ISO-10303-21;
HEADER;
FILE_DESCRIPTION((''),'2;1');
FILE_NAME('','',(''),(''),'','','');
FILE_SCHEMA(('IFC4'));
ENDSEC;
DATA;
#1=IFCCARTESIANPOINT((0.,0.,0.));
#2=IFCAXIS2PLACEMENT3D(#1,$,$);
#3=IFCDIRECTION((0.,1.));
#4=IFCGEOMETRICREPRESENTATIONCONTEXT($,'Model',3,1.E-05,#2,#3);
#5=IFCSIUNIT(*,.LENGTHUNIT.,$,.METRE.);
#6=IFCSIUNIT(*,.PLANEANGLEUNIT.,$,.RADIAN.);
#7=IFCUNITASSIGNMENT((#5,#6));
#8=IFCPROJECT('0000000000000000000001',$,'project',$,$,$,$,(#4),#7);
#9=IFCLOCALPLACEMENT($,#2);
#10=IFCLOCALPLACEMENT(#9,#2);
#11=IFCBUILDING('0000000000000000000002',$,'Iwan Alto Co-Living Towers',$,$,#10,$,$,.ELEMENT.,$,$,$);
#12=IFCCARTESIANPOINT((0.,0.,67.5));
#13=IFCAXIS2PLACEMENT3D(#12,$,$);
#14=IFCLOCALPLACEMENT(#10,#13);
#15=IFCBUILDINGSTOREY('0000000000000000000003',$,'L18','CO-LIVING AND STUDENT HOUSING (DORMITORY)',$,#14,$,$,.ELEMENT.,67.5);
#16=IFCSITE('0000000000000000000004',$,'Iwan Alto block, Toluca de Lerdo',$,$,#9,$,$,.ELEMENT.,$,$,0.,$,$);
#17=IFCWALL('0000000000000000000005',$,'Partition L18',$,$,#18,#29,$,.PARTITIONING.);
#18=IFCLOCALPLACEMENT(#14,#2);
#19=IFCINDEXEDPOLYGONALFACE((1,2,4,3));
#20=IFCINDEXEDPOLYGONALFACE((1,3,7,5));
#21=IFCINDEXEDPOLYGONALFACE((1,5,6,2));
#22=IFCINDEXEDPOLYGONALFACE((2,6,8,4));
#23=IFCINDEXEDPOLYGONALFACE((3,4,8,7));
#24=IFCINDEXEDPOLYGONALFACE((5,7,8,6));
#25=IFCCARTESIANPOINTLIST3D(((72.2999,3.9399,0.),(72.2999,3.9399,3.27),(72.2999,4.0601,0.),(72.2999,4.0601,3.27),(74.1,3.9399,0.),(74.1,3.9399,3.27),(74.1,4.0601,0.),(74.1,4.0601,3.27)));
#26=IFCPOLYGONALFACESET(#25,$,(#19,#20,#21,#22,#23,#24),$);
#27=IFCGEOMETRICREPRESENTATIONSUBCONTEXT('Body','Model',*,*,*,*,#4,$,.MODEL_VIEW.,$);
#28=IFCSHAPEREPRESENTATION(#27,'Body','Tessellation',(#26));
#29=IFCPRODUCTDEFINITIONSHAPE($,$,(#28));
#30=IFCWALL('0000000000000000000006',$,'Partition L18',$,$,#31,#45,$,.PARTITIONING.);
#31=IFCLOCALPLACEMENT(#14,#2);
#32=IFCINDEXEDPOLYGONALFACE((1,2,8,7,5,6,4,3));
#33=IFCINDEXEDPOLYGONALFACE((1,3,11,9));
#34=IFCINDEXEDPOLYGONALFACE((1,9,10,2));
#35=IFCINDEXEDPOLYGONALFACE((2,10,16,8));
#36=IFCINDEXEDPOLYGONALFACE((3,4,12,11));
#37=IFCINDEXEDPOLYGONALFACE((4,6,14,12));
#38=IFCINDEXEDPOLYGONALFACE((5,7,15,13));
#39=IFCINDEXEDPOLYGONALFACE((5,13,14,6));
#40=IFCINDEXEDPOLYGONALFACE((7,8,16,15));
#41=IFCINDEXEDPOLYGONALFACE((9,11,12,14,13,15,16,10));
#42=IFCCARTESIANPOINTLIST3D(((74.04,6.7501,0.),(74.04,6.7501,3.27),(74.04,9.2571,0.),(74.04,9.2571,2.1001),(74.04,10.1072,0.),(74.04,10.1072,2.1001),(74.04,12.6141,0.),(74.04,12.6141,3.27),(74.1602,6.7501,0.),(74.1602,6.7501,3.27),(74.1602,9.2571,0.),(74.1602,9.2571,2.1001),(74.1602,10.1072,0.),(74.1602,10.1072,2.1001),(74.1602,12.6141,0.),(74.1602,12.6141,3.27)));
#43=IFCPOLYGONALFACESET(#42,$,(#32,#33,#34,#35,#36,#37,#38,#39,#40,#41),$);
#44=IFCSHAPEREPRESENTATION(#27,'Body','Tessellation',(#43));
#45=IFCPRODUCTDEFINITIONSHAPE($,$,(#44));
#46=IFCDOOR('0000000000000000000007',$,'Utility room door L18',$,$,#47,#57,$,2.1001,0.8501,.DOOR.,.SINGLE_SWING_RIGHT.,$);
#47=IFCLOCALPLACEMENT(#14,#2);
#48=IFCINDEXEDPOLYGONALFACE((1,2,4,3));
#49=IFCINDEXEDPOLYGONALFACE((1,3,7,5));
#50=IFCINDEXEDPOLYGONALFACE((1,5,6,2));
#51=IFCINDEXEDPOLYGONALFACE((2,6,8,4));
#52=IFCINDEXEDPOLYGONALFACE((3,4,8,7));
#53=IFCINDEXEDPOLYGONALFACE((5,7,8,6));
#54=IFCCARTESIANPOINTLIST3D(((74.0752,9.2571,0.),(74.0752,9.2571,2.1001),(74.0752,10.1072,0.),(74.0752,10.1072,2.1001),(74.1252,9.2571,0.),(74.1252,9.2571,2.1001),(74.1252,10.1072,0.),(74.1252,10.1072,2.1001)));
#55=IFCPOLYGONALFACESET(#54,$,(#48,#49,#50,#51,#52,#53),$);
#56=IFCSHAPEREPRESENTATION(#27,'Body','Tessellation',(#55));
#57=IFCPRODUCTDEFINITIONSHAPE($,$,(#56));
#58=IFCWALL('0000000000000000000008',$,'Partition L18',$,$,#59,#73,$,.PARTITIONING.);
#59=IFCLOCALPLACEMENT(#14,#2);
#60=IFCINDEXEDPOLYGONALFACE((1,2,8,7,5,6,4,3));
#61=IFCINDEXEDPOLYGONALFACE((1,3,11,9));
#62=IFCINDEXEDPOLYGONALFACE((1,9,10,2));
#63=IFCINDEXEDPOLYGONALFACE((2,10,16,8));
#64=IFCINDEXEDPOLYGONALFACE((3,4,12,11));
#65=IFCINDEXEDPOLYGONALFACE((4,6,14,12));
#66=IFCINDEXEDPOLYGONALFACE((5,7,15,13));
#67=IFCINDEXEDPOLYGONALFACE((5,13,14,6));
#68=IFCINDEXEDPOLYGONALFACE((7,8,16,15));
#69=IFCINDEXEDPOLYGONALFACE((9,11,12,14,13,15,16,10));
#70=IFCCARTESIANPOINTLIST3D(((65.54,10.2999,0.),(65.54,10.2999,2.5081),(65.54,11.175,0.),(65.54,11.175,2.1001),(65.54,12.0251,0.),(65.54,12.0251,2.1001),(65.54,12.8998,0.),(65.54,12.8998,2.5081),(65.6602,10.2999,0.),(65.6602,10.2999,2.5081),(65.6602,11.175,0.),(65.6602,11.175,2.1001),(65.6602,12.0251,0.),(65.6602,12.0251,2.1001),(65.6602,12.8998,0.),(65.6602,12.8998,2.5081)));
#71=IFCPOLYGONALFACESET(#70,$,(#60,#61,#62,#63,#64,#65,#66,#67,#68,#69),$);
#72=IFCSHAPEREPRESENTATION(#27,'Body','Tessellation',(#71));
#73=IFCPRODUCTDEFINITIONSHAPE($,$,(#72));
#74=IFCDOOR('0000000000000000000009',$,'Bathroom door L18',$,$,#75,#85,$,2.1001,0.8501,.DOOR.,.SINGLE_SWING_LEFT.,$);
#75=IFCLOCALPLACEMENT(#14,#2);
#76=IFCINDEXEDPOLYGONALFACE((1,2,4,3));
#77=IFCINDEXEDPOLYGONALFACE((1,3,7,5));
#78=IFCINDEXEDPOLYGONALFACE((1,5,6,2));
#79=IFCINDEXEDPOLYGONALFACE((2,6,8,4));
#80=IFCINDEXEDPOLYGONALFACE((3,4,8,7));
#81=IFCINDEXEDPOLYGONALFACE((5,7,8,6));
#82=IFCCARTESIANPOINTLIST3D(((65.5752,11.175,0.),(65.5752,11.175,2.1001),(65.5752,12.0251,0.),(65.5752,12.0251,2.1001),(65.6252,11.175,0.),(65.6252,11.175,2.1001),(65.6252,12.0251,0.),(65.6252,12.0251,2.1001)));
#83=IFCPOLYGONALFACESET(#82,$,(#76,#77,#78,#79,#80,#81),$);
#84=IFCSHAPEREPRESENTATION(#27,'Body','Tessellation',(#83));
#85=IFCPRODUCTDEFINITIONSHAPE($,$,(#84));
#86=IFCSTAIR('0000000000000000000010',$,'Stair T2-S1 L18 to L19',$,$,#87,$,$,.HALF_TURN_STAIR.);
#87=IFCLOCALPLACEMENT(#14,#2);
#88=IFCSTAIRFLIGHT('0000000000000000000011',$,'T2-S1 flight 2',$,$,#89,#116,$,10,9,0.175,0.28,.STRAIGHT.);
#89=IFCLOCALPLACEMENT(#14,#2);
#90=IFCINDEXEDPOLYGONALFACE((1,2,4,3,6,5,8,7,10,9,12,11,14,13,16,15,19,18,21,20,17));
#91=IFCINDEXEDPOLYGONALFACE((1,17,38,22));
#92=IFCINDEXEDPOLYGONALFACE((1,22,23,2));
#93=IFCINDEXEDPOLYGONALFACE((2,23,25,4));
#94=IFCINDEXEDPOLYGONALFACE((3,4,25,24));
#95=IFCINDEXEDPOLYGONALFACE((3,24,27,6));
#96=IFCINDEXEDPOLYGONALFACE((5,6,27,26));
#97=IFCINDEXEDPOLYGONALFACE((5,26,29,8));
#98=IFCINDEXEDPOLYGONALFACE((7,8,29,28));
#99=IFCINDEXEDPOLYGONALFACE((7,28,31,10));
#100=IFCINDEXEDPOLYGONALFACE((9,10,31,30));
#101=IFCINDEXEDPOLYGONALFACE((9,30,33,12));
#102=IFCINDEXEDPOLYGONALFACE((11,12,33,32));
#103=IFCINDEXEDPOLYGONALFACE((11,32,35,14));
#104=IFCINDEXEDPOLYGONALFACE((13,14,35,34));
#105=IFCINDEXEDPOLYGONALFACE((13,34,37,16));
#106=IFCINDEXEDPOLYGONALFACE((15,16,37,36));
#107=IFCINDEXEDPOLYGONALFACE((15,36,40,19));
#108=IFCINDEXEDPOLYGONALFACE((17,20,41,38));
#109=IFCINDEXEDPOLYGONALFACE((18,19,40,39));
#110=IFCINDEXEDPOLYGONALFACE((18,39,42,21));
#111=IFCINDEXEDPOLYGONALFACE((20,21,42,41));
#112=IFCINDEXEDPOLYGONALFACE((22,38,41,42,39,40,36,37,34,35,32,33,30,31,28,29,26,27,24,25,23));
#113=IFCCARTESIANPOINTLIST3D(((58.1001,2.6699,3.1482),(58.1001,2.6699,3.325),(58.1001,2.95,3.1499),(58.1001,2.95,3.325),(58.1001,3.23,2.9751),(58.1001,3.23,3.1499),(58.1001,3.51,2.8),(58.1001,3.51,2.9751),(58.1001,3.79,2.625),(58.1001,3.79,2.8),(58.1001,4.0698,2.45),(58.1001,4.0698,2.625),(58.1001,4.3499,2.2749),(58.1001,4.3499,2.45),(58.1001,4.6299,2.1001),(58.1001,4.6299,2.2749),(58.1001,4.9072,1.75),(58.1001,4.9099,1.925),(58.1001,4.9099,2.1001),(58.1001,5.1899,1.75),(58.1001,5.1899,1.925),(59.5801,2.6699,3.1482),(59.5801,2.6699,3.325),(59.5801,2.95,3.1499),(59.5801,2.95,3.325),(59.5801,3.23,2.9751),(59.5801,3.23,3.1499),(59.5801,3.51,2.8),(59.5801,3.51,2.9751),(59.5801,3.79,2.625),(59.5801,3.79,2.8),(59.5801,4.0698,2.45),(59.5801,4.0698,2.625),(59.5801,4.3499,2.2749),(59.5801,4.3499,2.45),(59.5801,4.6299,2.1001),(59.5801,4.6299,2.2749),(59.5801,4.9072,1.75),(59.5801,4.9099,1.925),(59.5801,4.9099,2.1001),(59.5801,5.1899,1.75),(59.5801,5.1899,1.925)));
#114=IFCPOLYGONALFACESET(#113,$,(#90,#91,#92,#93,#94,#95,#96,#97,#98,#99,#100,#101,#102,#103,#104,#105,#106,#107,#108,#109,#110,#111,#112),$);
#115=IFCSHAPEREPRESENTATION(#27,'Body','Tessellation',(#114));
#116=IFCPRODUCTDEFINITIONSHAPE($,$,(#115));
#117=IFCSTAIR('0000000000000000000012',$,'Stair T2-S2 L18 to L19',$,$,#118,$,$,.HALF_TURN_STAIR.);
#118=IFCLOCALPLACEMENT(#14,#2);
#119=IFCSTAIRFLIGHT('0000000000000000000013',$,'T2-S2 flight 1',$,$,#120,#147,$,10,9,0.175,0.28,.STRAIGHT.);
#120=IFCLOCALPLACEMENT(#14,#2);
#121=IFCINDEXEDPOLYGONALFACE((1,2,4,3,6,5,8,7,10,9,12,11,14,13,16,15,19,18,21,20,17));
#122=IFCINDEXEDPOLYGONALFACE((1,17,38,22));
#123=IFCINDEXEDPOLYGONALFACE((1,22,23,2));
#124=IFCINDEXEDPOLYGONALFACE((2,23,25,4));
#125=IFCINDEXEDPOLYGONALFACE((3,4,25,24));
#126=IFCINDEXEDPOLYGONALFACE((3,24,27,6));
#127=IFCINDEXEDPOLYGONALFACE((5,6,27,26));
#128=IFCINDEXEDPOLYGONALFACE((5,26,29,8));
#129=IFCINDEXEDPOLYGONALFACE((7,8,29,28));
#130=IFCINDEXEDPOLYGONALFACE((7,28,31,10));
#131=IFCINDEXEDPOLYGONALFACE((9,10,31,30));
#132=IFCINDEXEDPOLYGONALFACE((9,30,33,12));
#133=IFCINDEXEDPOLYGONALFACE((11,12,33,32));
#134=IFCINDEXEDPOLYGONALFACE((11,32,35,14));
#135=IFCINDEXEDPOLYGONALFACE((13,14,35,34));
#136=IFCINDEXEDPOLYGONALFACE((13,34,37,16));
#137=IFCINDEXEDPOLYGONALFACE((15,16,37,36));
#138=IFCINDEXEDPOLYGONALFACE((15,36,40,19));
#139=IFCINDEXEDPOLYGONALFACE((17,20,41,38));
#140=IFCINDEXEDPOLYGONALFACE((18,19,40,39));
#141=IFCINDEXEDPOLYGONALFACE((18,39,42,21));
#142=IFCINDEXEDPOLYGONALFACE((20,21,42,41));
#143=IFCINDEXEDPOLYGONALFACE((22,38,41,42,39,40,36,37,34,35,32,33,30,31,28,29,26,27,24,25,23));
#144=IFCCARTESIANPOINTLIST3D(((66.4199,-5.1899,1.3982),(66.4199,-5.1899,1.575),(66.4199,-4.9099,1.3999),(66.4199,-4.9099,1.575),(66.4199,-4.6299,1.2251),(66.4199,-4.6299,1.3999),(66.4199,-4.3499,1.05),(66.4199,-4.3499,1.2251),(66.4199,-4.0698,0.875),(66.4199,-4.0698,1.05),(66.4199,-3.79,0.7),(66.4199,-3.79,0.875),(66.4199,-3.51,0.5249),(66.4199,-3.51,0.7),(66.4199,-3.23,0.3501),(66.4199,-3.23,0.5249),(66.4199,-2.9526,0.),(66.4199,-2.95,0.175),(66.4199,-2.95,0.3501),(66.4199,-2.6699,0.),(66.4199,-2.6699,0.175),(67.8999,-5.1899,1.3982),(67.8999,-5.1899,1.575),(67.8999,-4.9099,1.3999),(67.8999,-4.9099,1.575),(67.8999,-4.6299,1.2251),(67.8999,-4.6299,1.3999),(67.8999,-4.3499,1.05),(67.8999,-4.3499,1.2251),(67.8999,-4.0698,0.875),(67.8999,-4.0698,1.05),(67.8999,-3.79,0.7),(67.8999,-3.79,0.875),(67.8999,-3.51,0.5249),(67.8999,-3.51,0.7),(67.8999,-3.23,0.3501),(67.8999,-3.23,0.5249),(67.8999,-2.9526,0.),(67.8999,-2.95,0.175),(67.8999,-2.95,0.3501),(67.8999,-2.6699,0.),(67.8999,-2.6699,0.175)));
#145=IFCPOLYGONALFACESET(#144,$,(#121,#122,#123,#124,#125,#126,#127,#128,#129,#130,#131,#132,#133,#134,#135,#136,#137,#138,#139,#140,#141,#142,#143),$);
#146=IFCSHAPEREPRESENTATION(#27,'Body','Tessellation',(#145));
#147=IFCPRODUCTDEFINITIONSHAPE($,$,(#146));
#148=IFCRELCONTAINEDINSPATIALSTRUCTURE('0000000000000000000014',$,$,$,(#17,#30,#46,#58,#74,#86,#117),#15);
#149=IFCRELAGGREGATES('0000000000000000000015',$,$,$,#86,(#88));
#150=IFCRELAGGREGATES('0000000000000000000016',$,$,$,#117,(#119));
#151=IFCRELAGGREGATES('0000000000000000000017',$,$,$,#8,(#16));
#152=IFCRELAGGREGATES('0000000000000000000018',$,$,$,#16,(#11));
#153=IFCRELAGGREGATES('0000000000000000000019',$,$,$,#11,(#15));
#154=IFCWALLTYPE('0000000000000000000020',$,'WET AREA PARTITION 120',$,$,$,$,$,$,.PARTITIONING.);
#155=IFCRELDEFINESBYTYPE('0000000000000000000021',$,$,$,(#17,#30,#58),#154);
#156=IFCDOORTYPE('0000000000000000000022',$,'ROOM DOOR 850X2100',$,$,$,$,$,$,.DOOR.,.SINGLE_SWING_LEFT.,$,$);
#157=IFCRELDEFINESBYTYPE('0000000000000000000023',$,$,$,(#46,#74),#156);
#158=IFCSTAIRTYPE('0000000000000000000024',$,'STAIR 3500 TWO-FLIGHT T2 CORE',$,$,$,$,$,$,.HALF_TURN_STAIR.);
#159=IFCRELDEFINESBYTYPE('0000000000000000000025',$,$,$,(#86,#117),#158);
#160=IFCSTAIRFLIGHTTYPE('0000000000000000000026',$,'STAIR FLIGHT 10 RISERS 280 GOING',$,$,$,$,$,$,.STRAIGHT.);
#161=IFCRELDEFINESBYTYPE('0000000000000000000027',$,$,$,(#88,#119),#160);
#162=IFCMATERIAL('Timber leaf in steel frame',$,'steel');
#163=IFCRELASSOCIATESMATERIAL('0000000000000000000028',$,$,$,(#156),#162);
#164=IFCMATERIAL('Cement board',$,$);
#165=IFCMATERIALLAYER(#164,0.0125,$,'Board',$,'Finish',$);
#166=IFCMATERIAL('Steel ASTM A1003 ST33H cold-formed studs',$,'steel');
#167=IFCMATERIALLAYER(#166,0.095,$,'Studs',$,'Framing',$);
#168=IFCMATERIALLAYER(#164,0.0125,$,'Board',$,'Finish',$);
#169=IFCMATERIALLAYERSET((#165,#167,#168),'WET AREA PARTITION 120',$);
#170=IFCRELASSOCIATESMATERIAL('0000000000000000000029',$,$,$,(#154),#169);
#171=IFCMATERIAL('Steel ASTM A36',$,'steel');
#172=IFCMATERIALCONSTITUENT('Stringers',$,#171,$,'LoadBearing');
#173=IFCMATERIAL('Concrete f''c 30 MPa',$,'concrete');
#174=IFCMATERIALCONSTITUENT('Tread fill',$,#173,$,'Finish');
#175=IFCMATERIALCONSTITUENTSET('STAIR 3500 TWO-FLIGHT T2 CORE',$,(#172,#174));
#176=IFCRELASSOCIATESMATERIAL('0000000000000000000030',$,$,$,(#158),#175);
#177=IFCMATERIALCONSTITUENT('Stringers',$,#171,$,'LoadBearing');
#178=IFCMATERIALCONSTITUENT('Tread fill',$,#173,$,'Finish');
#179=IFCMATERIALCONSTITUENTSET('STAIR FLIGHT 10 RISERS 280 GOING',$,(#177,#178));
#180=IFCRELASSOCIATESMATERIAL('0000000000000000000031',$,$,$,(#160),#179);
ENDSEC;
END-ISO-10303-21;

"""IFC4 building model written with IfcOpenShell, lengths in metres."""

from ifc_helpers import new_model, si_unit, direction, frame, frame_2d, origin, place, context, subcontext, project, spatial, polyline, rectangle, outline, extrude, material, layer, layer_set, constituent, constituent_set, type_object, element, fill, aggregate, save


model = new_model("IFC4")

# Units and contexts
model_context = context("Model", 3, precision=1e-05, world=origin(), true_north=direction((0.0, 1.0)))
body_context = subcontext(model_context, "Body", "Model", "MODEL_VIEW")
ifc_project = project(units=[si_unit("LENGTHUNIT", "METRE"), si_unit("PLANEANGLEUNIT", "RADIAN")], contexts=[model_context])

# Site, building, storey
site_placement = place(None, origin())
site = spatial("IfcSite", under=ifc_project, at=site_placement, Name="Iwan Alto block, Toluca de Lerdo", CompositionType="ELEMENT", RefElevation=0.0)
building_placement = place(site_placement, origin())
building = spatial("IfcBuilding", under=site, at=building_placement, Name="Iwan Alto Co-Living Towers", CompositionType="ELEMENT")
storey_placement = place(building_placement, frame((0.0, 0.0, 67.5)))
storey = spatial("IfcBuildingStorey", under=building, at=storey_placement, Name="L18", Description="CO-LIVING AND STUDENT HOUSING (DORMITORY)", CompositionType="ELEMENT", Elevation=67.5)

# Shared definitions
ifc_material_1 = material(Name="Steel ASTM A1003 ST33H cold-formed studs", Category="steel")

# Shared definitions
ifc_material_2 = material(Name="Timber leaf in steel frame", Category="steel")
door_type_1 = type_object("IfcDoorType", Name="ROOM DOOR 850X2100", OperationType="SINGLE_SWING_LEFT", PredefinedType="DOOR", material=ifc_material_2)

# Shared definitions
ifc_material_3 = material(Name="Cement board")
ifc_layer_1 = layer(ifc_material_3, 0.0125, Name="Board", Category="Finish")
ifc_layer_2 = layer(ifc_material_1, 0.095, Name="Studs", Category="Framing")
ifc_layer_3 = layer(ifc_material_3, 0.0125, Name="Board", Category="Finish")
ifc_layer_set_1 = layer_set([ifc_layer_1, ifc_layer_2, ifc_layer_3], Name="WET AREA PARTITION 120")
wall_type_1 = type_object("IfcWallType", Name="WET AREA PARTITION 120", PredefinedType="PARTITIONING", material=ifc_layer_set_1)

# Wall
wall_1_placement = place(storey_placement, frame((72.3, 4.0, 0.0), z_axis=(0.0, 0.0, 1.0), x_axis=(1.0, 0.0, 0.0)))
element("IfcWall", 1, at=wall_1_placement, inside=storey, type_object=wall_type_1, Name="Partition L18", PredefinedType="PARTITIONING", context=body_context, shape_type="SweptSolid", body=[
    extrude(rectangle(XDim=1.8, YDim=0.1201, at=frame_2d((0.8999, 0.0))), origin(), (0.0, 0.0, 1.0), 3.27),
])

# Walls, openings, doors
wall_2_placement = place(storey_placement, frame((74.1001, 6.75, 0.0), z_axis=(0.0, 0.0, 1.0), x_axis=(0.0, 1.0, 0.0)))
wall_2 = element("IfcWall", 2, at=wall_2_placement, inside=storey, type_object=wall_type_1, Name="Partition L18", PredefinedType="PARTITIONING", context=body_context, shape_type="SweptSolid", body=[
    extrude(rectangle(XDim=5.864, YDim=0.1201, at=frame_2d((2.9321, 0.0))), origin(), (0.0, 0.0, 1.0), 3.27),
])
opening_1_placement = place(wall_2_placement, frame((2.5071, 0.0, 0.0)))
opening_1 = element("IfcOpeningElement", 3, at=opening_1_placement, cuts=wall_2, PredefinedType="OPENING", context=body_context, shape_type="SweptSolid", body=[
    extrude(rectangle(XDim=0.8501, YDim=2.1001, at=frame_2d((0.425, 1.05))), frame((0.0, 0.0701, 0.0), z_axis=(0.0, -1.0, 0.0), x_axis=(1.0, 0.0, 0.0)), (0.0, 0.0, 1.0), 0.1401),
])
door_1_placement = place(opening_1_placement, origin())
door_1 = element("IfcDoor", 4, at=door_1_placement, inside=storey, type_object=door_type_1, Name="Utility room door L18", OperationType="SINGLE_SWING_RIGHT", OverallHeight=2.1001, OverallWidth=0.8501, PredefinedType="DOOR", context=body_context, shape_type="SweptSolid", body=[
    extrude(rectangle(XDim=0.8501, YDim=2.1001, at=frame_2d((0.425, 1.05))), frame((0.0, 0.0249, 0.0), z_axis=(0.0, -1.0, 0.0), x_axis=(1.0, 0.0, 0.0)), (0.0, 0.0, 1.0), 0.05),
])
fill(opening_1, door_1)
wall_3_placement = place(storey_placement, frame((65.6001, 10.3, 0.0), z_axis=(0.0, 0.0, 1.0), x_axis=(0.0, 1.0, 0.0)))
wall_3 = element("IfcWall", 5, at=wall_3_placement, inside=storey, type_object=wall_type_1, Name="Partition L18", PredefinedType="PARTITIONING", context=body_context, shape_type="SweptSolid", body=[
    extrude(rectangle(XDim=2.5999, YDim=0.1201, at=frame_2d((1.2998, 0.0))), origin(), (0.0, 0.0, 1.0), 2.5081),
])
opening_2_placement = place(wall_3_placement, frame((0.875, 0.0, 0.0)))
opening_2 = element("IfcOpeningElement", 6, at=opening_2_placement, cuts=wall_3, PredefinedType="OPENING", context=body_context, shape_type="SweptSolid", body=[
    extrude(rectangle(XDim=0.8501, YDim=2.1001, at=frame_2d((0.425, 1.05))), frame((0.0, 0.0701, 0.0), z_axis=(0.0, -1.0, 0.0), x_axis=(1.0, 0.0, 0.0)), (0.0, 0.0, 1.0), 0.1401),
])
door_2_placement = place(opening_2_placement, origin())
door_2 = element("IfcDoor", 7, at=door_2_placement, inside=storey, type_object=door_type_1, Name="Bathroom door L18", OperationType="SINGLE_SWING_LEFT", OverallHeight=2.1001, OverallWidth=0.8501, PredefinedType="DOOR", context=body_context, shape_type="SweptSolid", body=[
    extrude(rectangle(XDim=0.8501, YDim=2.1001, at=frame_2d((0.425, 1.05))), frame((0.0, 0.0249, 0.0), z_axis=(0.0, -1.0, 0.0), x_axis=(1.0, 0.0, 0.0)), (0.0, 0.0, 1.0), 0.05),
])
fill(opening_2, door_2)

# Stairs, stair flights
ifc_material_4 = material(Name="Steel ASTM A36", Category="steel")
ifc_constituent_1 = constituent(ifc_material_4, Name="Stringers", Category="LoadBearing")
ifc_material_5 = material(Name="Concrete f'c 30 MPa", Category="concrete")
ifc_constituent_2 = constituent(ifc_material_5, Name="Tread fill", Category="Finish")
ifc_constituent_set_1 = constituent_set(constituents=[ifc_constituent_1, ifc_constituent_2], Name="STAIR 3500 TWO-FLIGHT T2 CORE")
stair_type = type_object("IfcStairType", Name="STAIR 3500 TWO-FLIGHT T2 CORE", PredefinedType="HALF_TURN_STAIR", material=ifc_constituent_set_1)
stair_1_placement = place(storey_placement, origin())
stair_1 = element("IfcStair", 8, at=stair_1_placement, inside=storey, type_object=stair_type, Name="Stair T2-S1 L18 to L19", PredefinedType="HALF_TURN_STAIR")
ifc_constituent_3 = constituent(ifc_material_4, Name="Stringers", Category="LoadBearing")
ifc_constituent_4 = constituent(ifc_material_5, Name="Tread fill", Category="Finish")
ifc_constituent_set_2 = constituent_set(constituents=[ifc_constituent_3, ifc_constituent_4], Name="STAIR FLIGHT 10 RISERS 280 GOING")
stair_flight_type = type_object("IfcStairFlightType", Name="STAIR FLIGHT 10 RISERS 280 GOING", PredefinedType="STRAIGHT", material=ifc_constituent_set_2)
stair_flight_1_placement = place(storey_placement, frame((58.8401, 5.1899, 1.75), z_axis=(0.0, 0.0, 1.0), x_axis=(0.0, -1.0, 0.0)))
stair_flight_1 = element("IfcStairFlight", 9, at=stair_flight_1_placement, type_object=stair_flight_type, Name="T2-S1 flight 2", NumberOfRisers=10, NumberOfTreads=9, PredefinedType="STRAIGHT", RiserHeight=0.175, TreadLength=0.28, context=body_context, shape_type="SweptSolid", body=[
    extrude(outline(polyline([(0.0, 0.0), (0.0, 0.175), (0.28, 0.175), (0.28, 0.3501), (0.5601, 0.3501), (0.5601, 0.5249), (0.8401, 0.5249), (0.8401, 0.7), (1.1201, 0.7), (1.1201, 0.875), (1.3999, 0.875), (1.3999, 1.05), (1.6799, 1.05), (1.6799, 1.2251), (1.96, 1.2251), (1.96, 1.3999), (2.24, 1.3999), (2.24, 1.575), (2.52, 1.575), (2.52, 1.75), (2.52, 1.3982), (0.2827, 0.0), (0.0, 0.0)])), frame((0.0, 0.74, 0.0), z_axis=(0.0, -1.0, 0.0), x_axis=(1.0, 0.0, 0.0)), (0.0, 0.0, 1.0), 1.48),
])
aggregate(stair_1, [stair_flight_1])
stair_2_placement = place(storey_placement, origin())
stair_2 = element("IfcStair", 10, at=stair_2_placement, inside=storey, type_object=stair_type, Name="Stair T2-S2 L18 to L19", PredefinedType="HALF_TURN_STAIR")
stair_flight_2_placement = place(storey_placement, frame((67.1599, -2.6699, 0.0), z_axis=(0.0, 0.0, 1.0), x_axis=(0.0, -1.0, 0.0)))
stair_flight_2 = element("IfcStairFlight", 11, at=stair_flight_2_placement, type_object=stair_flight_type, Name="T2-S2 flight 1", NumberOfRisers=10, NumberOfTreads=9, PredefinedType="STRAIGHT", RiserHeight=0.175, TreadLength=0.28, context=body_context, shape_type="SweptSolid", body=[
    extrude(outline(polyline([(0.0, 0.0), (0.0, 0.175), (0.28, 0.175), (0.28, 0.3501), (0.5601, 0.3501), (0.5601, 0.5249), (0.8401, 0.5249), (0.8401, 0.7), (1.1201, 0.7), (1.1201, 0.875), (1.3999, 0.875), (1.3999, 1.05), (1.6799, 1.05), (1.6799, 1.2251), (1.96, 1.2251), (1.96, 1.3999), (2.24, 1.3999), (2.24, 1.575), (2.52, 1.575), (2.52, 1.75), (2.52, 1.3982), (0.2827, 0.0), (0.0, 0.0)])), frame((0.0, 0.74, 0.0), z_axis=(0.0, -1.0, 0.0), x_axis=(1.0, 0.0, 0.0)), (0.0, 0.0, 1.0), 1.48),
])
aggregate(stair_2, [stair_flight_2])

save(model, "model.ifc")
